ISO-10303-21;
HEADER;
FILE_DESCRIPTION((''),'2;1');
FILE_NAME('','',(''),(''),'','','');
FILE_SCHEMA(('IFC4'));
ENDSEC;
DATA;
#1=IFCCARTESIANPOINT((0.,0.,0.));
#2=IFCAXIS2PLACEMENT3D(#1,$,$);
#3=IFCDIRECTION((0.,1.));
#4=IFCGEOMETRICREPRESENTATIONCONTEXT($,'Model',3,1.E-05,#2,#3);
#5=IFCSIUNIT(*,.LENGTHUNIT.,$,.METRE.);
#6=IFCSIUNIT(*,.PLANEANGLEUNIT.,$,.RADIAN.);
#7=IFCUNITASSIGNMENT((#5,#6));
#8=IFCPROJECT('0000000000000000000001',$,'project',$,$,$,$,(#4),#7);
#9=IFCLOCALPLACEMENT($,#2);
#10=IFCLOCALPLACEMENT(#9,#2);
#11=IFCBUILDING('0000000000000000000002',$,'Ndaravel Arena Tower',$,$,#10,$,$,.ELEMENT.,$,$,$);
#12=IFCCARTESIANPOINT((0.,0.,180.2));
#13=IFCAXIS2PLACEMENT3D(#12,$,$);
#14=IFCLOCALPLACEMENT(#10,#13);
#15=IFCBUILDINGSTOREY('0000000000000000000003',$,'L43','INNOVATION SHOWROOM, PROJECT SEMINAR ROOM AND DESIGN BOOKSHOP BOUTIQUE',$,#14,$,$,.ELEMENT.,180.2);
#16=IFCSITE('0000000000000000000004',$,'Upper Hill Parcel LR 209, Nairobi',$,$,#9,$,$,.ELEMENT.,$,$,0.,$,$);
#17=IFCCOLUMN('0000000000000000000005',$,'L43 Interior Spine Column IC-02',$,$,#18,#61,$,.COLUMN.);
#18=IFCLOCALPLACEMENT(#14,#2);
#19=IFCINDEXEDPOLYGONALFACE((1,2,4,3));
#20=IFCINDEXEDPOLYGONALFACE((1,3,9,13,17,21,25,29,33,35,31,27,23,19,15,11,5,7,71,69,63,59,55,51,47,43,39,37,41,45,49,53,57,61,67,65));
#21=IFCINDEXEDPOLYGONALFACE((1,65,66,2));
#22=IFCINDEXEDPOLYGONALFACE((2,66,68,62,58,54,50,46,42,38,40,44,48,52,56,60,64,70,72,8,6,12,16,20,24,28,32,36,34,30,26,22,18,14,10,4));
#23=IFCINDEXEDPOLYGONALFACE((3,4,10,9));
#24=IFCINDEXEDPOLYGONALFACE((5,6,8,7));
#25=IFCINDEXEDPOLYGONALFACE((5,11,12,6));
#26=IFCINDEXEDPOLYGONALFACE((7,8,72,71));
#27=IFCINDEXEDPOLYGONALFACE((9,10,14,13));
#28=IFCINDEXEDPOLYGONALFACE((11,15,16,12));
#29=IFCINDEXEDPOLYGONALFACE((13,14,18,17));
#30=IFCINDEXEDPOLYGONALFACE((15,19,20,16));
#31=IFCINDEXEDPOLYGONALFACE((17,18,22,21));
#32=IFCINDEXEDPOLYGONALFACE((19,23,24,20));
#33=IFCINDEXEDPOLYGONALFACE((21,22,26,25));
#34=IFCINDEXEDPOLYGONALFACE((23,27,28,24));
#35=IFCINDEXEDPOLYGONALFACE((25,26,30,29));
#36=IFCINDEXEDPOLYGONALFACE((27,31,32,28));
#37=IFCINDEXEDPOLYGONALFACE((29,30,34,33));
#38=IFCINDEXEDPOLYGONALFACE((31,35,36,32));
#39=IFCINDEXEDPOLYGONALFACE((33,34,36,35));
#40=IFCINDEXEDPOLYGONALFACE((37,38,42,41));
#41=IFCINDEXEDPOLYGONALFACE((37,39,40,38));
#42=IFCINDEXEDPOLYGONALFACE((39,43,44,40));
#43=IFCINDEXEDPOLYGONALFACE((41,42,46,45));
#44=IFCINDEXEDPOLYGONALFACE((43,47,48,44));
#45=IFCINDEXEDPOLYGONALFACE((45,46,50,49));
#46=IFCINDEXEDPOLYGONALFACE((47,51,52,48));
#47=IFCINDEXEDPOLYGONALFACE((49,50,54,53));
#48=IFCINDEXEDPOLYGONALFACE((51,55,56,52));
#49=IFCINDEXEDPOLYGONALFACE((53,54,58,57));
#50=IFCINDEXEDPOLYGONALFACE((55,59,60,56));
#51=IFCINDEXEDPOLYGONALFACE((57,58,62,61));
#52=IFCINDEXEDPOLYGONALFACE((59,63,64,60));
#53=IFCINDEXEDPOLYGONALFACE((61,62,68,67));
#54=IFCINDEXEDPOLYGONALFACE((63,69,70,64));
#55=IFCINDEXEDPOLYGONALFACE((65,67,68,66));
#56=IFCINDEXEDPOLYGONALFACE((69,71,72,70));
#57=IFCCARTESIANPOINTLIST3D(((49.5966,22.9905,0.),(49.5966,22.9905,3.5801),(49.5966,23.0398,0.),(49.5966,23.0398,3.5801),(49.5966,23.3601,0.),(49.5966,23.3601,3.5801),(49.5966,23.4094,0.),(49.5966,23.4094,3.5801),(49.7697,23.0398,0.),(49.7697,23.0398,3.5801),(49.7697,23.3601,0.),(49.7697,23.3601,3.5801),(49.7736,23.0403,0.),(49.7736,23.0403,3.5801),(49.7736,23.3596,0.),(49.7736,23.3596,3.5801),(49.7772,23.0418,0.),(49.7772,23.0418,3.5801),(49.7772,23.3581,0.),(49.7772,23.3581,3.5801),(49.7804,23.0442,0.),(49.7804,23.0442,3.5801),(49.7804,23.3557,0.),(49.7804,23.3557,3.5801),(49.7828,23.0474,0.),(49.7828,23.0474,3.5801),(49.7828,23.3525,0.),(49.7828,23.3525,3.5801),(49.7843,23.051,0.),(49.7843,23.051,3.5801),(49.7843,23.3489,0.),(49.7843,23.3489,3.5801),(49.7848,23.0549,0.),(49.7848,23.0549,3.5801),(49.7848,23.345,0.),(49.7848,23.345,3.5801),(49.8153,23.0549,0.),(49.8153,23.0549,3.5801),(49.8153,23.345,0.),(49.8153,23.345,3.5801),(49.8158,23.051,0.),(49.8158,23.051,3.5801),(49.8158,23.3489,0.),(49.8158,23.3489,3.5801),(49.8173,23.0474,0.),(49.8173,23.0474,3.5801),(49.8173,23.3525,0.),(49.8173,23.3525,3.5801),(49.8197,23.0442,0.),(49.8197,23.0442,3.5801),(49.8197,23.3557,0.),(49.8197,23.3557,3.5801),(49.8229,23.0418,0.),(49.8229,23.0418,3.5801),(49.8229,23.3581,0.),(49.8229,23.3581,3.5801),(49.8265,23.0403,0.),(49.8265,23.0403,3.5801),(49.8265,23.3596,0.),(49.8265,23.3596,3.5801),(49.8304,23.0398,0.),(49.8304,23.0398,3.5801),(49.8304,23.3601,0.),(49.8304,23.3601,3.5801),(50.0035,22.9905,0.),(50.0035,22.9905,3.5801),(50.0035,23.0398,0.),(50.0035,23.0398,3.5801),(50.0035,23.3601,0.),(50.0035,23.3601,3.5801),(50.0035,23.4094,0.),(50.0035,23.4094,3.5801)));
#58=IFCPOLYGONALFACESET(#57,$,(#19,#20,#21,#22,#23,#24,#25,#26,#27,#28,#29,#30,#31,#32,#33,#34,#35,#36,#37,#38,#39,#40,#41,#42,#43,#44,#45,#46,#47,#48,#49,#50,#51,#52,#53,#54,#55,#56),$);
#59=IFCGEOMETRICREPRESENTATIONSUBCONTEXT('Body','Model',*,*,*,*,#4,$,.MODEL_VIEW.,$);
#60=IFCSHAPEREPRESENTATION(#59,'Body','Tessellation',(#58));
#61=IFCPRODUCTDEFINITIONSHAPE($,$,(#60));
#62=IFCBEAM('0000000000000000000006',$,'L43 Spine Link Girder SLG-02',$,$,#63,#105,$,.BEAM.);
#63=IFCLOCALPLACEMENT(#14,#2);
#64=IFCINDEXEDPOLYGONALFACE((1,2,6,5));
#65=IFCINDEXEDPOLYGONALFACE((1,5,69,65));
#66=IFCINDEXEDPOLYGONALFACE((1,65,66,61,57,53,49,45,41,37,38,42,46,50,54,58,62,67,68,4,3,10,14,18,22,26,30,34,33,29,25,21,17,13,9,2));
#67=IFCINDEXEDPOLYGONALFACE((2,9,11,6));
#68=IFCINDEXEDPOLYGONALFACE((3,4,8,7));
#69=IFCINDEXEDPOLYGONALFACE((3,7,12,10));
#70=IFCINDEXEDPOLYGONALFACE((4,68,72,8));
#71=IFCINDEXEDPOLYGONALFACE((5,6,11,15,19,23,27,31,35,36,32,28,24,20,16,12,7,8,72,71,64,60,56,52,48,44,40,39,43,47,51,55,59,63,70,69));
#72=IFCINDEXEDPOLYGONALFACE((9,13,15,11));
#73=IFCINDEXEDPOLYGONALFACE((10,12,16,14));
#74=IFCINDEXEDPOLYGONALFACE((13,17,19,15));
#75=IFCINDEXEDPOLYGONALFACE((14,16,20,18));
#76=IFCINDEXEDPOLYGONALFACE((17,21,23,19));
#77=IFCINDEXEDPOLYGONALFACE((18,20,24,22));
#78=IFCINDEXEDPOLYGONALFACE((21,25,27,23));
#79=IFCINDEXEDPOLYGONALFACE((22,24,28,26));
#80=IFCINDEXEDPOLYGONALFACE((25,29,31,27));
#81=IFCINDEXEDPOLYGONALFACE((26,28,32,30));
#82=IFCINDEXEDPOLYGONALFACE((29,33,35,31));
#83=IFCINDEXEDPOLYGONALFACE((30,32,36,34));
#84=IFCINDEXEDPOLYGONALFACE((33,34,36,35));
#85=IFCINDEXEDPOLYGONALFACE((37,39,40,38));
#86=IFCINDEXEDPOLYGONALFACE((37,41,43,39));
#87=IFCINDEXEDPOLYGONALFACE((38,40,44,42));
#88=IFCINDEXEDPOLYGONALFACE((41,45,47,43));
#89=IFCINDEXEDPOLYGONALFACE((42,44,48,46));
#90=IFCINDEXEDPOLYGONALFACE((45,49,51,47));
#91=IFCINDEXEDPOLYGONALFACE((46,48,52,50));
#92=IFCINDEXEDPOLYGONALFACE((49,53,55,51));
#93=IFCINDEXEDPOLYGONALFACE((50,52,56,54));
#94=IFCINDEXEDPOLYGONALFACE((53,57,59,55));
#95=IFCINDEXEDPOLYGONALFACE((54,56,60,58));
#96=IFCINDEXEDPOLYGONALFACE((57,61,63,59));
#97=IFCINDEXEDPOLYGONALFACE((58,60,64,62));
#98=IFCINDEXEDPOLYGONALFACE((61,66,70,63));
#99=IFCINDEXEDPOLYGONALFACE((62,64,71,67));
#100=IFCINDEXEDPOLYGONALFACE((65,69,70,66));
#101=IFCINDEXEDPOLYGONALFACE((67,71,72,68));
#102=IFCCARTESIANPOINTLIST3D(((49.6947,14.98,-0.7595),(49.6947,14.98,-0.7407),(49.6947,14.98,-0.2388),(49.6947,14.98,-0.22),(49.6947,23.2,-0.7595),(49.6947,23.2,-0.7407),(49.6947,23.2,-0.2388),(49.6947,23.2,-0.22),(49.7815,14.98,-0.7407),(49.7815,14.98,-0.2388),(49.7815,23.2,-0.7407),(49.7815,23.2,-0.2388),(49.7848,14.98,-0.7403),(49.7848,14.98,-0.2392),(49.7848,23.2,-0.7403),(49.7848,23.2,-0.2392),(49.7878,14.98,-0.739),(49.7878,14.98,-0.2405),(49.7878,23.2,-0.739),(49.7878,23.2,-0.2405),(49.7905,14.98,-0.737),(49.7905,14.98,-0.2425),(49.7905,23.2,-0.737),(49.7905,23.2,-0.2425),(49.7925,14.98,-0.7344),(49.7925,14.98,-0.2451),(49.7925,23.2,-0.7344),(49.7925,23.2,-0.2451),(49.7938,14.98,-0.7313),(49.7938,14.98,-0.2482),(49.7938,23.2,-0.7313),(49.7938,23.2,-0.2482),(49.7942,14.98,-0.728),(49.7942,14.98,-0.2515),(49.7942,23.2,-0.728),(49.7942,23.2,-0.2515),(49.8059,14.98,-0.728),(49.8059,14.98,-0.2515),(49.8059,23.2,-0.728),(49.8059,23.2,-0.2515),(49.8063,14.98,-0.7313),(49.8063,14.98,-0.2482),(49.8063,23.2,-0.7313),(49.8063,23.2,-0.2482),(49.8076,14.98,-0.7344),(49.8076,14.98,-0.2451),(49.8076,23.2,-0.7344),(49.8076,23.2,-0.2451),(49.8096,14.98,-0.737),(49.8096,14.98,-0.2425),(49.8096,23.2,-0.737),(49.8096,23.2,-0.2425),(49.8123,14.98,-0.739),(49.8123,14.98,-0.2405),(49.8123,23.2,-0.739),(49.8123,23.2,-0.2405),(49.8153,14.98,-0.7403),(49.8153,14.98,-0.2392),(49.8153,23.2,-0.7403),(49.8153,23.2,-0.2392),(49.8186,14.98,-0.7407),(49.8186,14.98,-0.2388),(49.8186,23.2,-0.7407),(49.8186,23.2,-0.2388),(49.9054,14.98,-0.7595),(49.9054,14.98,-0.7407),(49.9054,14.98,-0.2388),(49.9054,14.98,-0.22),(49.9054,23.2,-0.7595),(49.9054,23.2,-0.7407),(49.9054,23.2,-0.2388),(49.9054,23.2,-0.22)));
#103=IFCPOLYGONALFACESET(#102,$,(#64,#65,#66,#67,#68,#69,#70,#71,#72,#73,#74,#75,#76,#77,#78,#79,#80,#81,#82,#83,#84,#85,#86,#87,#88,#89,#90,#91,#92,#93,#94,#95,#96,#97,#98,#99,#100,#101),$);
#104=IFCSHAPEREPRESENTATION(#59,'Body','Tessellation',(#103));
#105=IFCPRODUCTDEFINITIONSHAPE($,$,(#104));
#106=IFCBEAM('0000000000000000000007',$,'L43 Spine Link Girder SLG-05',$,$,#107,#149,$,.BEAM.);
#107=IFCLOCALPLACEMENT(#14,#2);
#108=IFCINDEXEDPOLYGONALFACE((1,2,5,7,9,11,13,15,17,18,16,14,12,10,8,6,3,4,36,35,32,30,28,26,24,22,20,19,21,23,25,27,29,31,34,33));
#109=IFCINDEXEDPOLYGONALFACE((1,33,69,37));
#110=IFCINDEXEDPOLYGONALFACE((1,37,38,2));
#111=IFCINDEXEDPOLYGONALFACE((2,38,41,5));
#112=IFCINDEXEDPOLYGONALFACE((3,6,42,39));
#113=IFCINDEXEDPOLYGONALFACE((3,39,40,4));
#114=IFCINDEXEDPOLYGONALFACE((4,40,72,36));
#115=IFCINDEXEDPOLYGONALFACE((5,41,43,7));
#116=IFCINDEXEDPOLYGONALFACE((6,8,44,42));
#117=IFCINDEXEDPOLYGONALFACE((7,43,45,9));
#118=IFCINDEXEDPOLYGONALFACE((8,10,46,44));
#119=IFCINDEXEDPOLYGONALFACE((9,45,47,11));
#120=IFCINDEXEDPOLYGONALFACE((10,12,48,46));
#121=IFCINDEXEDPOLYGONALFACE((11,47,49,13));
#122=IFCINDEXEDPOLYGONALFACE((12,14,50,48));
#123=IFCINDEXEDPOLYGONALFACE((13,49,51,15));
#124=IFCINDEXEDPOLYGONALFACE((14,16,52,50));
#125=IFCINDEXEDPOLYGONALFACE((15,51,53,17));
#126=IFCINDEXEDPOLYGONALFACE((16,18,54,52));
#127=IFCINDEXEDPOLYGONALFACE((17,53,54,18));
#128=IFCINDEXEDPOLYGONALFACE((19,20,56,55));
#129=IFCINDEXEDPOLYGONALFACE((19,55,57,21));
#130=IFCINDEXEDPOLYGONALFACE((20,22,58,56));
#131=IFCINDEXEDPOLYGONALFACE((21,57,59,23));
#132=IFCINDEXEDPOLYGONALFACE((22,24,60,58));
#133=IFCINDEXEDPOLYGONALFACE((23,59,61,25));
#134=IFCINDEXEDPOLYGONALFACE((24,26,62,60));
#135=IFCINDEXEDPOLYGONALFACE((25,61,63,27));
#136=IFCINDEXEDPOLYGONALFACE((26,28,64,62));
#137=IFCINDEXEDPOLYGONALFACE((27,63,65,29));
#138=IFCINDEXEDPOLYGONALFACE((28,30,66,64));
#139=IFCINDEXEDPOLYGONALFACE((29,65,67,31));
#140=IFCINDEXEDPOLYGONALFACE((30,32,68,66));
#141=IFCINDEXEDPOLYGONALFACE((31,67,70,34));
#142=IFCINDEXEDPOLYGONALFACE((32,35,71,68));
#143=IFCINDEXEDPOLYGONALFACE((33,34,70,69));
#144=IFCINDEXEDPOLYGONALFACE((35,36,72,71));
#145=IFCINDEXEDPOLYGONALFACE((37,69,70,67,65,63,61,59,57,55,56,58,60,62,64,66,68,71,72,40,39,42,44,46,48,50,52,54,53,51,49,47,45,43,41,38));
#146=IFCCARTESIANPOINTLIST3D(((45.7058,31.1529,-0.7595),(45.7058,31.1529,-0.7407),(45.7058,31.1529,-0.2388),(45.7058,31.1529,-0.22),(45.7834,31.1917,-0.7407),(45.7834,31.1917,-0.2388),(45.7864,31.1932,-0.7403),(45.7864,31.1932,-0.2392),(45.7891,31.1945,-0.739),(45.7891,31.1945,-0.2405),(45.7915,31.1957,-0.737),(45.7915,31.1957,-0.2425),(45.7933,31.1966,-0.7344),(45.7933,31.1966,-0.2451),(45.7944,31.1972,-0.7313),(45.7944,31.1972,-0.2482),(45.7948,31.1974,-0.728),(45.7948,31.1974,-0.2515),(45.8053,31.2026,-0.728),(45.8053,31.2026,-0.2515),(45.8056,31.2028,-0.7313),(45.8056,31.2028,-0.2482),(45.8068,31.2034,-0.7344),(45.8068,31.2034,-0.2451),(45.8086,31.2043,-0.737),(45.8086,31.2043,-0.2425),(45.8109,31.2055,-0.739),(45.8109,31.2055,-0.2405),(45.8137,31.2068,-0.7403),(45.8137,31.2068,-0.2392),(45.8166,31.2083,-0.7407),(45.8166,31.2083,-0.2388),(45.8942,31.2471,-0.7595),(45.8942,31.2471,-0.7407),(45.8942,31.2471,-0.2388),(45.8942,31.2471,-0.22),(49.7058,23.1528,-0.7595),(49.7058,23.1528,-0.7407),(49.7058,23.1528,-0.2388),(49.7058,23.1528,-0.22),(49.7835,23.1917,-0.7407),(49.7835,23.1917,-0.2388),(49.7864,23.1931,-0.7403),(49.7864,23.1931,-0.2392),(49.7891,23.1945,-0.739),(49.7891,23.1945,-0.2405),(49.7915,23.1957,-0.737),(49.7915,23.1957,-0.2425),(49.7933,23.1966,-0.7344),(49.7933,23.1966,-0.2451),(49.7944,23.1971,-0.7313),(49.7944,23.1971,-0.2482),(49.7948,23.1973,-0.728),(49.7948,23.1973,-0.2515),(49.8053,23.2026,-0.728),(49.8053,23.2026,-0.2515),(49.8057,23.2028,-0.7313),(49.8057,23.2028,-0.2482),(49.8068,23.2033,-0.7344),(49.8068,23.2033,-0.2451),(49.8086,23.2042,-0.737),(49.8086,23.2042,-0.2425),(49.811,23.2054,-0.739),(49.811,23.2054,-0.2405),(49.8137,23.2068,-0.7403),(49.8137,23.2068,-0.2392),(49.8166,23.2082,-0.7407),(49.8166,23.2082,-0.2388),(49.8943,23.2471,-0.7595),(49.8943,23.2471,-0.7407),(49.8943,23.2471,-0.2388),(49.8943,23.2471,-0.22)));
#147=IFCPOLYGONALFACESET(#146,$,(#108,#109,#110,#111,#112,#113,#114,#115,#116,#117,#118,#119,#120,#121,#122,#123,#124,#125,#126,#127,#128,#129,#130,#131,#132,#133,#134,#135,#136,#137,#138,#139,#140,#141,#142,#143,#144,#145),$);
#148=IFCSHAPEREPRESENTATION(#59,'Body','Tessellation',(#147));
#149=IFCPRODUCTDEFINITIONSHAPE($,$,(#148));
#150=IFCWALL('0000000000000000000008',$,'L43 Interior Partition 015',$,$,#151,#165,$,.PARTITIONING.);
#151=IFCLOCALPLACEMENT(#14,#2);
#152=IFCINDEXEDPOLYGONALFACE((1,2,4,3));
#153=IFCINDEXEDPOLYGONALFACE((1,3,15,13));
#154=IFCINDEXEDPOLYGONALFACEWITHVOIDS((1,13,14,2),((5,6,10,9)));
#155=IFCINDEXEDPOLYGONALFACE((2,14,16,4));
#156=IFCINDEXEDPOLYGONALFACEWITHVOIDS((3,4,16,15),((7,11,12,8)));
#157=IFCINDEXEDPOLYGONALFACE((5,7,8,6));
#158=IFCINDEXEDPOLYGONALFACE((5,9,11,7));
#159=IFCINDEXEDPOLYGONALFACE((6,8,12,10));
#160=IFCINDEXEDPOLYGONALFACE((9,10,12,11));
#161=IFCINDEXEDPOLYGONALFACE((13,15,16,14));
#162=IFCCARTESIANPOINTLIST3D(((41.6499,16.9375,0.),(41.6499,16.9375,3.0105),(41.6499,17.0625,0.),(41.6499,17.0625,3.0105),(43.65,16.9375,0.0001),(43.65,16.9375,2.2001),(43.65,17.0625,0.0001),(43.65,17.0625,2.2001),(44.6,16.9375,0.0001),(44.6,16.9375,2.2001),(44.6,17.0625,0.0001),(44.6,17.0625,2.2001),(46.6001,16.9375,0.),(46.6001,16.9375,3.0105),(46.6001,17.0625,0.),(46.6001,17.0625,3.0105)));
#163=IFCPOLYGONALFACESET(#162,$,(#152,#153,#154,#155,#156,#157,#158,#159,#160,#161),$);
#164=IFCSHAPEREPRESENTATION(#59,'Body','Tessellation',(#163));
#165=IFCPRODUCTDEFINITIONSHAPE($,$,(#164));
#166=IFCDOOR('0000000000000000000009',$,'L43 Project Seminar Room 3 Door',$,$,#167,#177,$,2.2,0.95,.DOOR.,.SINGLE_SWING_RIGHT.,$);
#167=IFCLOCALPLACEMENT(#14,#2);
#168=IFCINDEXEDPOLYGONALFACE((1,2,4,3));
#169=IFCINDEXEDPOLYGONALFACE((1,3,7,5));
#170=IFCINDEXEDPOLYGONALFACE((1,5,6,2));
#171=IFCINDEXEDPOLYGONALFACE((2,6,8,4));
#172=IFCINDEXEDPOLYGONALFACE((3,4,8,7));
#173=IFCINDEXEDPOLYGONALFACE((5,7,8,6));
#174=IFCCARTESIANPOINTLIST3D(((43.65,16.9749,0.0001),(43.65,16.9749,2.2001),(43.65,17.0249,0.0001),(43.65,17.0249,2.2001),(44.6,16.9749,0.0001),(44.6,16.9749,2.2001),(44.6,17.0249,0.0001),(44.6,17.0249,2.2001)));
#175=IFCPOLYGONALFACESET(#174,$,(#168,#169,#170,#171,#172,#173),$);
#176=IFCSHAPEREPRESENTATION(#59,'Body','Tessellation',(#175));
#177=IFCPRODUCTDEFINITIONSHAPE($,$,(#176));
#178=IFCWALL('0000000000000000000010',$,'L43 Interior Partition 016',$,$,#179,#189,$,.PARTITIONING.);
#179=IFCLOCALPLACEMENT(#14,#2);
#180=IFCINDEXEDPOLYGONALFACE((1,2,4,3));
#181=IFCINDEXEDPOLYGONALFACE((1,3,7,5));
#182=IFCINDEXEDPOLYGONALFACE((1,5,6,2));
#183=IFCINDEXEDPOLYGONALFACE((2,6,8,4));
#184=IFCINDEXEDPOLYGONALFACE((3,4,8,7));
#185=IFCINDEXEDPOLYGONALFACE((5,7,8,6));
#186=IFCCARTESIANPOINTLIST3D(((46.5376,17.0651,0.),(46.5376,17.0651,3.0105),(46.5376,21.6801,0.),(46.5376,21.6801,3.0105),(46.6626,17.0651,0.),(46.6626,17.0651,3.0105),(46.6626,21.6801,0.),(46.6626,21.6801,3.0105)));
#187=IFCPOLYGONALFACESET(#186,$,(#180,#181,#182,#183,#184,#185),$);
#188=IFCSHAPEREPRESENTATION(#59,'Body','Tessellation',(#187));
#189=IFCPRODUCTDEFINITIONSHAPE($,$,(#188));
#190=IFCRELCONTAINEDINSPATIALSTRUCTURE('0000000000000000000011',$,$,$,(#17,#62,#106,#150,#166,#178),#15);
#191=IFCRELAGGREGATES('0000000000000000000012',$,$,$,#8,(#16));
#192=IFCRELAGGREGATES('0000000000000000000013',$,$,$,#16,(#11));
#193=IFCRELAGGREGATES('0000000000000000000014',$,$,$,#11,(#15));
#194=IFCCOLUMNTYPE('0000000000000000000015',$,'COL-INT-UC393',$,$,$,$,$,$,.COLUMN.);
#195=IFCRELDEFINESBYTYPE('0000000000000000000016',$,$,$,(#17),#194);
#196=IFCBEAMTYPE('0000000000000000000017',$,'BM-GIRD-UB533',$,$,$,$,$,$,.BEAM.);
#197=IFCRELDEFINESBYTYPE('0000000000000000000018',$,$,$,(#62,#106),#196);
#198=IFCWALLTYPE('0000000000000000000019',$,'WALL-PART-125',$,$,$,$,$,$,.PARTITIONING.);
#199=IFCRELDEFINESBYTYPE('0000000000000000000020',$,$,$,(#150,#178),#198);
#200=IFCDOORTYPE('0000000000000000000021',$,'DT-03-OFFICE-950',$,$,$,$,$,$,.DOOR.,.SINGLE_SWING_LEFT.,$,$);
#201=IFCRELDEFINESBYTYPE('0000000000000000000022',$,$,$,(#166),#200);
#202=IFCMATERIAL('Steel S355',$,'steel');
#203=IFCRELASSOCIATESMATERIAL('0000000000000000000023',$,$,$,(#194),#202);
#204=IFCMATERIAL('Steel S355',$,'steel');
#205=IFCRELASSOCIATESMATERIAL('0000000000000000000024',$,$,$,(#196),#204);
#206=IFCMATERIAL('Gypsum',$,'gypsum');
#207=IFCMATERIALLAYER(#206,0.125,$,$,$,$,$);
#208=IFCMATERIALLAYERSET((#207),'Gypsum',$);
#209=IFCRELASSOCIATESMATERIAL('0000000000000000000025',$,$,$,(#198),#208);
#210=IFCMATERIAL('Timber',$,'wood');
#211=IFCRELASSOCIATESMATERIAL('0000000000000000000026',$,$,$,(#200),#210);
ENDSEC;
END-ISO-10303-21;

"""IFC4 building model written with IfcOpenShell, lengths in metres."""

from ifc_helpers import new_model, si_unit, direction, frame, frame_2d, origin, origin_2d, place, context, subcontext, project, spatial, rectangle, i_section, extrude, material, layer, layer_set, material_profile, profile_set, type_object, element, fill, save


model = new_model("IFC4")

# Units and contexts
model_context = context("Model", 3, precision=1e-05, world=origin(), true_north=direction((0.0, 1.0)))
body_context = subcontext(model_context, "Body", "Model", "MODEL_VIEW")
ifc_project = project(units=[si_unit("LENGTHUNIT", "METRE"), si_unit("PLANEANGLEUNIT", "RADIAN")], contexts=[model_context])

# Site, building, storey
site_placement = place(None, origin())
site = spatial("IfcSite", under=ifc_project, at=site_placement, Name="Upper Hill Parcel LR 209, Nairobi", CompositionType="ELEMENT", RefElevation=0.0)
building_placement = place(site_placement, origin())
building = spatial("IfcBuilding", under=site, at=building_placement, Name="Ndaravel Arena Tower", CompositionType="ELEMENT")
storey_placement = place(building_placement, frame((0.0, 0.0, 180.2)))
storey = spatial("IfcBuildingStorey", under=building, at=storey_placement, Name="L43", Description="INNOVATION SHOWROOM, PROJECT SEMINAR ROOM AND DESIGN BOOKSHOP BOUTIQUE", CompositionType="ELEMENT", Elevation=180.2)

# Column
ifc_material_1 = material(Name="Steel S355", Category="steel")
ifc_material_profile_1 = material_profile(ifc_material_1, i_section(OverallWidth=0.407, OverallDepth=0.4189, WebThickness=0.0305, FlangeThickness=0.0493, FilletRadius=0.0151, at=origin_2d()), Name="UC 356x406x393")
ifc_profile_set_1 = profile_set([ifc_material_profile_1], Name="Steel S355")
column_type = type_object("IfcColumnType", Name="COL-INT-UC393", PredefinedType="COLUMN", material=ifc_profile_set_1)
column_placement = place(storey_placement, frame((49.8, 23.2, 0.0), z_axis=(0.0, 0.0, 1.0), x_axis=(1.0, 0.0, 0.0)))
element("IfcColumn", 1, at=column_placement, inside=storey, type_object=column_type, Name="L43 Interior Spine Column IC-02", PredefinedType="COLUMN", context=body_context, shape_type="SweptSolid", body=[
    extrude(i_section(OverallWidth=0.407, OverallDepth=0.4189, WebThickness=0.0305, FlangeThickness=0.0493, FilletRadius=0.0151, at=origin_2d()), origin(), (0.0, 0.0, 1.0), 3.5801),
])

# Beams
ifc_material_2 = material(Name="Steel S355", Category="steel")
ifc_material_profile_2 = material_profile(ifc_material_2, i_section(OverallWidth=0.2107, OverallDepth=0.5396, WebThickness=0.0117, FlangeThickness=0.0188, FilletRadius=0.0127, at=origin_2d()), Name="UB 533x210x109")
ifc_profile_set_2 = profile_set([ifc_material_profile_2], Name="Steel S355")
beam_type = type_object("IfcBeamType", Name="BM-GIRD-UB533", PredefinedType="BEAM", material=ifc_profile_set_2)
beam_1_placement = place(storey_placement, frame((49.8, 14.98, -0.4897), z_axis=(0.0, 1.0, 0.0), x_axis=(-1.0, 0.0, 0.0)))
element("IfcBeam", 2, at=beam_1_placement, inside=storey, type_object=beam_type, Name="L43 Spine Link Girder SLG-02", PredefinedType="BEAM", context=body_context, shape_type="SweptSolid", body=[
    extrude(i_section(OverallWidth=0.2107, OverallDepth=0.5396, WebThickness=0.0117, FlangeThickness=0.0188, FilletRadius=0.0127, at=origin_2d()), origin(), (0.0, 0.0, 1.0), 8.22),
])
beam_2_placement = place(storey_placement, frame((49.8, 23.2, -0.4897), z_axis=(-0.447214, 0.894427, 0.0), x_axis=(-0.894427, -0.447214, 0.0)))
element("IfcBeam", 3, at=beam_2_placement, inside=storey, type_object=beam_type, Name="L43 Spine Link Girder SLG-05", PredefinedType="BEAM", context=body_context, shape_type="SweptSolid", body=[
    extrude(i_section(OverallWidth=0.2107, OverallDepth=0.5396, WebThickness=0.0117, FlangeThickness=0.0188, FilletRadius=0.0127, at=origin_2d()), origin(), (0.0, 0.0, 1.0), 8.9443),
])

# Wall, opening, door
ifc_material_3 = material(Name="Gypsum", Category="gypsum")
ifc_layer_1 = layer(ifc_material_3, 0.125)
ifc_layer_set_1 = layer_set([ifc_layer_1], Name="Gypsum")
wall_type_1 = type_object("IfcWallType", Name="WALL-PART-125", PredefinedType="PARTITIONING", material=ifc_layer_set_1)
wall_1_placement = place(storey_placement, frame((41.6499, 17.0, 0.0), z_axis=(0.0, 0.0, 1.0), x_axis=(1.0, 0.0, 0.0)))
wall_1 = element("IfcWall", 4, at=wall_1_placement, inside=storey, type_object=wall_type_1, Name="L43 Interior Partition 015", PredefinedType="PARTITIONING", context=body_context, shape_type="SweptSolid", body=[
    extrude(rectangle(XDim=4.9502, YDim=0.125, at=frame_2d((2.4751, 0.0))), origin(), (0.0, 0.0, 1.0), 3.0105),
])
opening_1_placement = place(wall_1_placement, frame((2.0, 0.0, 0.0)))
opening_1 = element("IfcOpeningElement", 5, at=opening_1_placement, cuts=wall_1, PredefinedType="OPENING", context=body_context, shape_type="SweptSolid", body=[
    extrude(rectangle(XDim=0.95, YDim=2.2, at=frame_2d((0.4751, 1.1001))), frame((0.0, 0.0625, 0.0), z_axis=(0.0, -1.0, 0.0), x_axis=(1.0, 0.0, 0.0)), (0.0, 0.0, 1.0), 0.125),
])
ifc_material_4 = material(Name="Timber", Category="wood")
door_type_1 = type_object("IfcDoorType", Name="DT-03-OFFICE-950", OperationType="SINGLE_SWING_LEFT", PredefinedType="DOOR", material=ifc_material_4)
door_1_placement = place(opening_1_placement, origin())
door_1 = element("IfcDoor", 6, at=door_1_placement, inside=storey, type_object=door_type_1, Name="L43 Project Seminar Room 3 Door", OperationType="SINGLE_SWING_RIGHT", OverallHeight=2.2, OverallWidth=0.95, PredefinedType="DOOR", context=body_context, shape_type="SweptSolid", body=[
    extrude(rectangle(XDim=0.95, YDim=2.2, at=frame_2d((0.4751, 1.1001))), frame((0.0, 0.0249, 0.0), z_axis=(0.0, -1.0, 0.0), x_axis=(1.0, 0.0, 0.0)), (0.0, 0.0, 1.0), 0.05),
])
fill(opening_1, door_1)

# Wall
wall_2_placement = place(storey_placement, frame((46.6001, 17.0649, 0.0), z_axis=(0.0, 0.0, 1.0), x_axis=(0.0, 1.0, 0.0)))
element("IfcWall", 7, at=wall_2_placement, inside=storey, type_object=wall_type_1, Name="L43 Interior Partition 016", PredefinedType="PARTITIONING", context=body_context, shape_type="SweptSolid", body=[
    extrude(rectangle(XDim=4.615, YDim=0.125, at=frame_2d((2.3076, 0.0))), origin(), (0.0, 0.0, 1.0), 3.0105),
])

save(model, "model.ifc")
